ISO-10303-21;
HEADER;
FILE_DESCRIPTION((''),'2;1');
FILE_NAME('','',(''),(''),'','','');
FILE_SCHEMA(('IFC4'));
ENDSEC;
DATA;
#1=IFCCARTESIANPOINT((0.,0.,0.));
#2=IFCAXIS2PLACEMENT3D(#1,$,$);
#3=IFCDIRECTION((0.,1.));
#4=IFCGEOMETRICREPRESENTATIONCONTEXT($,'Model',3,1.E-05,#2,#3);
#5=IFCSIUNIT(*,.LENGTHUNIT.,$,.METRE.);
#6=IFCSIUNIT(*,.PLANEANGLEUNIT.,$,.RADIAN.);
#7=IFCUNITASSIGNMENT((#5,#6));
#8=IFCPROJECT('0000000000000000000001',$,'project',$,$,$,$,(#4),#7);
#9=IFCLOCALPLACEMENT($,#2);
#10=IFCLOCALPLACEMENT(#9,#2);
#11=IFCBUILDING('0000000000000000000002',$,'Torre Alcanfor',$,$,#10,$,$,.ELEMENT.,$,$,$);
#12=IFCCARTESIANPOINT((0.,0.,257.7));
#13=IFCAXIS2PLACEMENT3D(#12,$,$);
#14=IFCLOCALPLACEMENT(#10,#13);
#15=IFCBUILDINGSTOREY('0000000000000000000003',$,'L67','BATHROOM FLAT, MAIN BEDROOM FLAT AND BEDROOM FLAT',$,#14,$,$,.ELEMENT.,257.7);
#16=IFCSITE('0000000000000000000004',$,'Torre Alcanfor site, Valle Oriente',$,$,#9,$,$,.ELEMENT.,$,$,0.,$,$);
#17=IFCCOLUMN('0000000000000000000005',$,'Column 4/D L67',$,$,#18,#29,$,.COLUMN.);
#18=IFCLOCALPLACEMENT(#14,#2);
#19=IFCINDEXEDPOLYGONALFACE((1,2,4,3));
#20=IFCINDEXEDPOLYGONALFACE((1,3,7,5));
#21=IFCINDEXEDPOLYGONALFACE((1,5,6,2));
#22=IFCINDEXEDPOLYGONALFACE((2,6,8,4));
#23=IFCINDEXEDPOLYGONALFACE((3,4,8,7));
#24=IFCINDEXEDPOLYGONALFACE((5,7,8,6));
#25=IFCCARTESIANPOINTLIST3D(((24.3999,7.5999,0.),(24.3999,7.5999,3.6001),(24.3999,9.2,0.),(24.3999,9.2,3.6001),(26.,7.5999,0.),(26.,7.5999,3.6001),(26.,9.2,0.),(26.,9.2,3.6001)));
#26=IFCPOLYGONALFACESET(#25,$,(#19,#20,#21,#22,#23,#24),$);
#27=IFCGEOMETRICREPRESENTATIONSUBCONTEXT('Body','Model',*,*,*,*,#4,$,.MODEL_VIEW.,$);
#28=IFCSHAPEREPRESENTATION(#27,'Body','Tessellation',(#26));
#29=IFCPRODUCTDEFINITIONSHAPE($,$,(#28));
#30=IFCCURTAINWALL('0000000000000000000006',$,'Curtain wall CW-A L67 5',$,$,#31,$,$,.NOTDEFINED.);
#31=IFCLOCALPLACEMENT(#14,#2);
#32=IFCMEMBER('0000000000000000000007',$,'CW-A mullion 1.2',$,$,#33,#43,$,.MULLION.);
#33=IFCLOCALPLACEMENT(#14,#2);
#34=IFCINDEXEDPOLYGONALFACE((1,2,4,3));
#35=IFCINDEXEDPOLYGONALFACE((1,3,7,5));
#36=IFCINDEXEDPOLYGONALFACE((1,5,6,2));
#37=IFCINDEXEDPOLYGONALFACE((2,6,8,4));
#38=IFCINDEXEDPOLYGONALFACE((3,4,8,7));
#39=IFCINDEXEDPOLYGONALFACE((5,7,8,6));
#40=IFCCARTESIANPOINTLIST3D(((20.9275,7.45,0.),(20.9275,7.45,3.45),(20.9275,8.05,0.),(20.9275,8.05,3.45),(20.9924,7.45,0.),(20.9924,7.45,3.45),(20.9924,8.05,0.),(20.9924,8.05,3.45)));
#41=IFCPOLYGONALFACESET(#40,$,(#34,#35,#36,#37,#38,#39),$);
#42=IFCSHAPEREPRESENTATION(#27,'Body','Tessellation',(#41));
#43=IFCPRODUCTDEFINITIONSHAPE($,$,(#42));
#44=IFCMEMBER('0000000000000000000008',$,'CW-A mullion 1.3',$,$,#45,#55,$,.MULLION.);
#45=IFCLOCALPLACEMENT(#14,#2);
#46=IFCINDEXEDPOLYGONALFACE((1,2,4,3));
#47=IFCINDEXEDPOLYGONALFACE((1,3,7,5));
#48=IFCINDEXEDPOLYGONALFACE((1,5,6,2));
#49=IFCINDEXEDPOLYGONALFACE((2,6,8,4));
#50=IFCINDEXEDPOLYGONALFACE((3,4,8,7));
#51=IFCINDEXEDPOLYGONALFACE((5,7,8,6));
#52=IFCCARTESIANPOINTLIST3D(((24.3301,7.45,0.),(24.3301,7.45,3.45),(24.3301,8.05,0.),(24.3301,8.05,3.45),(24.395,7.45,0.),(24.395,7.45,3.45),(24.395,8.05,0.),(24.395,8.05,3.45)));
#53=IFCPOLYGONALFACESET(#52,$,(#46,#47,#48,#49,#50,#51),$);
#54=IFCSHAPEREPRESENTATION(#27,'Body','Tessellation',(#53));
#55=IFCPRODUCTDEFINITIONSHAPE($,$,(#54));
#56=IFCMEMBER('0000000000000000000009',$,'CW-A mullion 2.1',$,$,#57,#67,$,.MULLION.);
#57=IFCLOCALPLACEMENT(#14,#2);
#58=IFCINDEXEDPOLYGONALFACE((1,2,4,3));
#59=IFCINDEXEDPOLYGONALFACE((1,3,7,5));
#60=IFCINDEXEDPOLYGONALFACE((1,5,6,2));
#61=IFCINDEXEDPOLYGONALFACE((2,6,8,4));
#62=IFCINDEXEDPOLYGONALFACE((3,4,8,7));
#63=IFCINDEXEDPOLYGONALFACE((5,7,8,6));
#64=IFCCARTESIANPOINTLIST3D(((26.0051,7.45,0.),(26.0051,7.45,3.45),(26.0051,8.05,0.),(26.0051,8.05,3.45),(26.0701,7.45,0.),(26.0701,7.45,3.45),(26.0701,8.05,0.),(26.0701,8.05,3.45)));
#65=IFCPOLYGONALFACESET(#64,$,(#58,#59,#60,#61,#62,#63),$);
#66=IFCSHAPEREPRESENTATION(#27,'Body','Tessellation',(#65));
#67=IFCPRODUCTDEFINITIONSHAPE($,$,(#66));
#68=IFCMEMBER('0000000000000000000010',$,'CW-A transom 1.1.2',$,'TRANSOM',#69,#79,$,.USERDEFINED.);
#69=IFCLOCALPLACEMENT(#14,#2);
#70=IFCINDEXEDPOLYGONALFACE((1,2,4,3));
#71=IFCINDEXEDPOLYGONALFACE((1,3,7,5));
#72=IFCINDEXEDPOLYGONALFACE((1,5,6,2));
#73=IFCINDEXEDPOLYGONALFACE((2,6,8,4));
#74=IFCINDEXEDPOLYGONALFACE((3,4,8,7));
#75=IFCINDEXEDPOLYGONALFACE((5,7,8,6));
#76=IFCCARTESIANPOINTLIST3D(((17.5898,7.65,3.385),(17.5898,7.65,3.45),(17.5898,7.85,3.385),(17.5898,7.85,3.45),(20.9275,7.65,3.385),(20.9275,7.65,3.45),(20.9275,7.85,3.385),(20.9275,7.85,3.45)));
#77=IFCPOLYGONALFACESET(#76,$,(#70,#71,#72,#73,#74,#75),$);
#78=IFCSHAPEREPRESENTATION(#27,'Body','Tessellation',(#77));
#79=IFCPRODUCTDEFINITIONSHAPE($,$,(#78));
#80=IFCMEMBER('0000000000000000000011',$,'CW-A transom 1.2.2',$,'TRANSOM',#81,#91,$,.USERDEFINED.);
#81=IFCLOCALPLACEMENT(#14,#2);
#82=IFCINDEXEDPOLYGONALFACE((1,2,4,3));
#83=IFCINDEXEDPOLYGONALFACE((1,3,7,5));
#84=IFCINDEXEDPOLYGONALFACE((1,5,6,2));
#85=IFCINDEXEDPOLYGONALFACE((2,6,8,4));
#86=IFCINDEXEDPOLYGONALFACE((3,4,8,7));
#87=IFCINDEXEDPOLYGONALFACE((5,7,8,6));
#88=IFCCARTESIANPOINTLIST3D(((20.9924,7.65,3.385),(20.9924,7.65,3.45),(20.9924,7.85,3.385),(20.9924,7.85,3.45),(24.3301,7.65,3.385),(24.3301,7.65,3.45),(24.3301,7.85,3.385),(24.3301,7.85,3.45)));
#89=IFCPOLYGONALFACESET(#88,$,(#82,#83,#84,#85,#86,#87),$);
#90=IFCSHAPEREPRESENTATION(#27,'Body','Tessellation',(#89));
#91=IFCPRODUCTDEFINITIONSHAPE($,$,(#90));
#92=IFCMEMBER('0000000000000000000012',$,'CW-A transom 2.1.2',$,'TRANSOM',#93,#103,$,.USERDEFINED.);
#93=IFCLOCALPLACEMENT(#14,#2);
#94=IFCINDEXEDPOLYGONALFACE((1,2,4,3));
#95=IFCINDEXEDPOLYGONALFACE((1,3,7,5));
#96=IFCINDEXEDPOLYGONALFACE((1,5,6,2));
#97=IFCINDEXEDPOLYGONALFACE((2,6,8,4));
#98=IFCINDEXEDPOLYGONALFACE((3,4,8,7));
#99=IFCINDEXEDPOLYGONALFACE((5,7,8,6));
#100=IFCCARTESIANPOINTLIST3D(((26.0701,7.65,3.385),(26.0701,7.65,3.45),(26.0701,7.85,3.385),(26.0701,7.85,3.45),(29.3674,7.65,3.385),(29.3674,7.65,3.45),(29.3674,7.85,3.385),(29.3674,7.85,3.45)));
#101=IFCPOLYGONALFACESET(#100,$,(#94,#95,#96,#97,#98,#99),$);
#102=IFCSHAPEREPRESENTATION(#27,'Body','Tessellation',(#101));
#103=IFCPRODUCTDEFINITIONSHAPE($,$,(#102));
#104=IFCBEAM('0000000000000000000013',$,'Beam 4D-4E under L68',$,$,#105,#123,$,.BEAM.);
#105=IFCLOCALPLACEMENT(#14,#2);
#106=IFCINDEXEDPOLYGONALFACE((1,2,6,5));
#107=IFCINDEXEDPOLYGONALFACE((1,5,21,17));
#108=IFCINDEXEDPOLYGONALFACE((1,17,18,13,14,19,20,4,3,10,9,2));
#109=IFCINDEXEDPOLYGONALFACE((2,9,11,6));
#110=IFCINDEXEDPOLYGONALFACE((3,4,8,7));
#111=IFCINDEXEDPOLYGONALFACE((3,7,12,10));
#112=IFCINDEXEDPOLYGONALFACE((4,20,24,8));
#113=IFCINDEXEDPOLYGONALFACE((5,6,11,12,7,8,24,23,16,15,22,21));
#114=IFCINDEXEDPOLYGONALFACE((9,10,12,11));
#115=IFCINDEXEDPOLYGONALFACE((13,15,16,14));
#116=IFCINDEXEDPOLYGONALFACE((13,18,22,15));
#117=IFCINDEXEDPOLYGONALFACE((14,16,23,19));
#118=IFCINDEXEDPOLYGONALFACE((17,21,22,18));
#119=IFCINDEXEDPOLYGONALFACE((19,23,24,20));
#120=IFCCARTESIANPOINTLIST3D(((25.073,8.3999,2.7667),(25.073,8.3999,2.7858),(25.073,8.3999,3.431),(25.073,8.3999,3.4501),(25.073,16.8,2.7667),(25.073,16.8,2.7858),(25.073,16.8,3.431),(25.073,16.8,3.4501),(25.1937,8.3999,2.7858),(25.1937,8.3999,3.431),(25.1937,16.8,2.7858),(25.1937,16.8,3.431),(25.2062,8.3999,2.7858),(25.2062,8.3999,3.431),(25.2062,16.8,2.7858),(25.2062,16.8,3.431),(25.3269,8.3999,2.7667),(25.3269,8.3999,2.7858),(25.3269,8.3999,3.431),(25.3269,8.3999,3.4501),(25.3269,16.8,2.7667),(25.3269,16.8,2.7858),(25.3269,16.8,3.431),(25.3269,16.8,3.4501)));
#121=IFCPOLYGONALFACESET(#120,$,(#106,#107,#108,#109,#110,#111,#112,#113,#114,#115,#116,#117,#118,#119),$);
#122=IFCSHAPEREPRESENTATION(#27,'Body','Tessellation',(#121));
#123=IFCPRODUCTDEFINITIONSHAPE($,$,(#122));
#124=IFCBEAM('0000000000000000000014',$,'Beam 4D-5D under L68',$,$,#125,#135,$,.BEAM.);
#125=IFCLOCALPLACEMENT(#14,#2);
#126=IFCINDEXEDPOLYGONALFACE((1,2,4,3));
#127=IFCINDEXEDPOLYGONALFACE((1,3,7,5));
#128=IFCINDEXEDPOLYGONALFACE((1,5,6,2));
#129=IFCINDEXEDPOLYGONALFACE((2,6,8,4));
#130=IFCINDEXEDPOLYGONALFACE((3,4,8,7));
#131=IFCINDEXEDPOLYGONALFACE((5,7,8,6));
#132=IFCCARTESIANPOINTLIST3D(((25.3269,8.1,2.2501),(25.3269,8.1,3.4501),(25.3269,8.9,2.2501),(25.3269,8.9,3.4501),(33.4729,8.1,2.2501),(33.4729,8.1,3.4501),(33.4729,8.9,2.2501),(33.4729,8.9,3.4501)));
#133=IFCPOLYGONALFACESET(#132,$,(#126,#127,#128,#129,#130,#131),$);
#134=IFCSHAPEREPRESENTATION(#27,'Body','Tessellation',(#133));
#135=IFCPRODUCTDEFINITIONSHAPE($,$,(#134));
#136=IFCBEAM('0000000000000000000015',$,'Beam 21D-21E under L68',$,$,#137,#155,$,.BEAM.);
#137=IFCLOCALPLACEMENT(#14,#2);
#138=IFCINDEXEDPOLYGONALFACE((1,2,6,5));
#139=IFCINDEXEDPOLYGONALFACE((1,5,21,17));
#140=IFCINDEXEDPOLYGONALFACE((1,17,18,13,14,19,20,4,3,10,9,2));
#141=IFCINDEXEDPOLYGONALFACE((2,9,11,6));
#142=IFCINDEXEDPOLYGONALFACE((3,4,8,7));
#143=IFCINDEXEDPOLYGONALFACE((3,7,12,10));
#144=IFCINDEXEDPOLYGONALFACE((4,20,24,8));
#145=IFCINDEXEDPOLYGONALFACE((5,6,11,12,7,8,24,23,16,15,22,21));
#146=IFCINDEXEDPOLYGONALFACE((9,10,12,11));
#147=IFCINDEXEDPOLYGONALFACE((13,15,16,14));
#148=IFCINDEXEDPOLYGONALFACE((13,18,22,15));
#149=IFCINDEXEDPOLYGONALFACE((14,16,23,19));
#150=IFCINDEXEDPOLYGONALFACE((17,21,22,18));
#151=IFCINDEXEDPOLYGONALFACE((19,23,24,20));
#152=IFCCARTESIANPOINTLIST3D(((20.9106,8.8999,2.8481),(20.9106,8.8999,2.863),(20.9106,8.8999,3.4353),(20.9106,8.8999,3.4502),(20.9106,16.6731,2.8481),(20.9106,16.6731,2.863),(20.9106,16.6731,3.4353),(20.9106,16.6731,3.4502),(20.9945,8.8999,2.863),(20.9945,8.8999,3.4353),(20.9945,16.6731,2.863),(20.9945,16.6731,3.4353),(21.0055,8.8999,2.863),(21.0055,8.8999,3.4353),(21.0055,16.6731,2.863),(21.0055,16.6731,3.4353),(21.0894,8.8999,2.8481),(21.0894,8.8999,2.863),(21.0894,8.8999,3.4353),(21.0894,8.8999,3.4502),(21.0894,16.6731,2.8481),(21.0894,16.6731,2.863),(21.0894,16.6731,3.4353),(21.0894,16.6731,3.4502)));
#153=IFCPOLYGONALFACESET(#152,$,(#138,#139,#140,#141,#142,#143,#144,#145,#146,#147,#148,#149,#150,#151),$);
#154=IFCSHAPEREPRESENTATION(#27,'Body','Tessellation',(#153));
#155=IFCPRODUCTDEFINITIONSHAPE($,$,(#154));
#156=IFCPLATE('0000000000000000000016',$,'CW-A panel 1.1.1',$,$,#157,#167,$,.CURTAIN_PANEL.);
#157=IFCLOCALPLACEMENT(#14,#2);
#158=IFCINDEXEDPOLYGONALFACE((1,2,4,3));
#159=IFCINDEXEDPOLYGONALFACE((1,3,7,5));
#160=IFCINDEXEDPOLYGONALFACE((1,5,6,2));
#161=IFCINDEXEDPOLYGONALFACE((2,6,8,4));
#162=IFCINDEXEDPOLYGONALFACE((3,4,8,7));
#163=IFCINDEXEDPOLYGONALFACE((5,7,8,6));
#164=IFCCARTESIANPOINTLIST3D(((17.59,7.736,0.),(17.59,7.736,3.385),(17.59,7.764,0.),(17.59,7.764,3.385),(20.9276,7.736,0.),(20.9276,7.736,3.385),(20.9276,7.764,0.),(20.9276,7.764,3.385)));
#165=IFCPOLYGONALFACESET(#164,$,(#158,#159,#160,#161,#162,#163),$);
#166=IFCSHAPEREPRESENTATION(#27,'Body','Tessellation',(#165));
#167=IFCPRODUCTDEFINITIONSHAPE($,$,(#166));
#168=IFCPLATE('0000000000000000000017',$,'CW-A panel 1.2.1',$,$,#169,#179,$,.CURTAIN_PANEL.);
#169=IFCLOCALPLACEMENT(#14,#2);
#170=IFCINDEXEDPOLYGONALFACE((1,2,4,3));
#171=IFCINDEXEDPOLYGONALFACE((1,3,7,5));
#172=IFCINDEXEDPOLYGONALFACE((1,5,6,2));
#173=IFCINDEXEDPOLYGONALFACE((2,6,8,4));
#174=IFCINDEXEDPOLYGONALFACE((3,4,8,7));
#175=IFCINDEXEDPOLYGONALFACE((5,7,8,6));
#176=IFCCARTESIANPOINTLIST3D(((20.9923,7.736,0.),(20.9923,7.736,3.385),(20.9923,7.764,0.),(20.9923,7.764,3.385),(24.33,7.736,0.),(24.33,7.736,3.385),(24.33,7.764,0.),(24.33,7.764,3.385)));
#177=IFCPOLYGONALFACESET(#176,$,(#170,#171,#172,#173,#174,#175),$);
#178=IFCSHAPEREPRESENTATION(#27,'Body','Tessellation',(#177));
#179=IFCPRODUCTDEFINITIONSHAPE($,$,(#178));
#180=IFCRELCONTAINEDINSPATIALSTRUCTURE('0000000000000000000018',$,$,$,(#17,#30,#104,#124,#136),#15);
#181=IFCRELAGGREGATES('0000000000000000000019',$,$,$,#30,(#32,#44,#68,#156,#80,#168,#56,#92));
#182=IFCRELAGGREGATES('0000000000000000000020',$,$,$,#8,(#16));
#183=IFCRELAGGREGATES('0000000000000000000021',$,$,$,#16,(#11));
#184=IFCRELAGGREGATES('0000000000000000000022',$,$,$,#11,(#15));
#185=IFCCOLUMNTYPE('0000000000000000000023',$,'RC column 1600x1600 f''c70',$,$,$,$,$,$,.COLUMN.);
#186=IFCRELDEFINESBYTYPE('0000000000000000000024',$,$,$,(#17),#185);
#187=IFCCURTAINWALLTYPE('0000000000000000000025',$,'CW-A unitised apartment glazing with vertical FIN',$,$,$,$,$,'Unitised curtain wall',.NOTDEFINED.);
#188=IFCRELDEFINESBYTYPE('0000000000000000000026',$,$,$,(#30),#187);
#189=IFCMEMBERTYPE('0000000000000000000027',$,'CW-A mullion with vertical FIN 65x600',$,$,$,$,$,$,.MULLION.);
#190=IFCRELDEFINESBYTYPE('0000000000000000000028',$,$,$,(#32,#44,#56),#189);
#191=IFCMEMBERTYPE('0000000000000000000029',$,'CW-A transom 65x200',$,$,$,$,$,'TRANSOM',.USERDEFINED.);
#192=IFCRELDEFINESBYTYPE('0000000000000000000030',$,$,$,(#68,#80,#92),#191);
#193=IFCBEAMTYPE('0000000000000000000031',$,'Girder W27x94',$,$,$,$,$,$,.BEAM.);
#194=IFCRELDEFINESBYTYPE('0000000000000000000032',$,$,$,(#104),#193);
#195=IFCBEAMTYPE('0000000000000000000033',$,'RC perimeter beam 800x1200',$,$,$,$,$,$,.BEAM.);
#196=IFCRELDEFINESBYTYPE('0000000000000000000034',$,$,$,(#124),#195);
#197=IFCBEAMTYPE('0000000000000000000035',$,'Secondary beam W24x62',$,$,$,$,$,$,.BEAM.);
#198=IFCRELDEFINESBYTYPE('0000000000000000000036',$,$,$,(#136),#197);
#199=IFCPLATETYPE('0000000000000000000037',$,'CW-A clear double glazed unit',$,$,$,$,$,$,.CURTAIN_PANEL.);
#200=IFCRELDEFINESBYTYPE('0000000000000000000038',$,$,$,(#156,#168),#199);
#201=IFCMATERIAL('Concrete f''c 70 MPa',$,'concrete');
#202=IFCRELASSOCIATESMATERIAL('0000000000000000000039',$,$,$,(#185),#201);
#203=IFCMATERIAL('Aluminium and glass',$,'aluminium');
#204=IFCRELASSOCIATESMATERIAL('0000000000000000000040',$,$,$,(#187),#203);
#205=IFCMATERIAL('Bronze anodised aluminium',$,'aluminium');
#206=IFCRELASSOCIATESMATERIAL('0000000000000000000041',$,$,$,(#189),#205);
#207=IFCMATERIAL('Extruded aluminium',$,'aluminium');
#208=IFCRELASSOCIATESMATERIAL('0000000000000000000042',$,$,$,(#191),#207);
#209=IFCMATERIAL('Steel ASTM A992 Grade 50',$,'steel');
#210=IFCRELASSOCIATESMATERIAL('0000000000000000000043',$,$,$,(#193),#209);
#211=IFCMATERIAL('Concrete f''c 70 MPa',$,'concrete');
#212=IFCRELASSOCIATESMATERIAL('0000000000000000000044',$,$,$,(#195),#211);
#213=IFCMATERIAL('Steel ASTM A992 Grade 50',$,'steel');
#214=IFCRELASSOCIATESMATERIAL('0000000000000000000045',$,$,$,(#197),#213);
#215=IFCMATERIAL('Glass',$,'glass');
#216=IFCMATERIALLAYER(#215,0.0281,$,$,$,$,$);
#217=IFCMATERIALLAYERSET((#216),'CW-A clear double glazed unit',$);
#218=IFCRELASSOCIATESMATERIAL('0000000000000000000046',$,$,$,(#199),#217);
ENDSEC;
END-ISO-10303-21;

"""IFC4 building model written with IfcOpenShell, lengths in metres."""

from ifc_helpers import new_model, si_unit, direction, frame, origin, origin_2d, place, context, subcontext, project, spatial, rectangle, i_section, extrude, material, layer, layer_set, material_profile, profile_set, type_object, element, aggregate, save


model = new_model("IFC4")

# Units and contexts
model_context = context("Model", 3, precision=1e-05, world=origin(), true_north=direction((0.0, 1.0)))
body_context = subcontext(model_context, "Body", "Model", "MODEL_VIEW")
ifc_project = project(units=[si_unit("LENGTHUNIT", "METRE"), si_unit("PLANEANGLEUNIT", "RADIAN")], contexts=[model_context])

# Site, building, storey
site_placement = place(None, origin())
site = spatial("IfcSite", under=ifc_project, at=site_placement, Name="Torre Alcanfor site, Valle Oriente", CompositionType="ELEMENT", RefElevation=0.0)
building_placement = place(site_placement, origin())
building = spatial("IfcBuilding", under=site, at=building_placement, Name="Torre Alcanfor", CompositionType="ELEMENT")
storey_placement = place(building_placement, frame((0.0, 0.0, 257.7)))
storey = spatial("IfcBuildingStorey", under=building, at=storey_placement, Name="L67", Description="BATHROOM FLAT, MAIN BEDROOM FLAT AND BEDROOM FLAT", CompositionType="ELEMENT", Elevation=257.7)

# Column
ifc_material_1 = material(Name="Concrete f'c 70 MPa", Category="concrete")
ifc_material_profile_1 = material_profile(ifc_material_1, rectangle(XDim=1.6001, YDim=1.6001, at=origin_2d()), Name="1600x1600")
ifc_profile_set_1 = profile_set([ifc_material_profile_1], Name="Concrete f'c 70 MPa")
column_type = type_object("IfcColumnType", Name="RC column 1600x1600 f'c70", PredefinedType="COLUMN", material=ifc_profile_set_1)
column_placement = place(storey_placement, frame((25.2, 8.3999, 0.0), z_axis=(0.0, 0.0, 1.0), x_axis=(1.0, 0.0, 0.0)))
element("IfcColumn", 1, at=column_placement, inside=storey, type_object=column_type, Name="Column 4/D L67", PredefinedType="COLUMN", context=body_context, shape_type="SweptSolid", body=[
    extrude(rectangle(XDim=1.6001, YDim=1.6001, at=origin_2d()), origin(), (0.0, 0.0, 1.0), 3.6001),
])

# Curtain wall, members
ifc_material_2 = material(Name="Aluminium and glass", Category="aluminium")
curtain_wall_type = type_object("IfcCurtainWallType", Name="CW-A unitised apartment glazing with vertical FIN", ElementType="Unitised curtain wall", PredefinedType="NOTDEFINED", material=ifc_material_2)
curtain_wall_placement = place(storey_placement, origin())
curtain_wall = element("IfcCurtainWall", 2, at=curtain_wall_placement, inside=storey, type_object=curtain_wall_type, Name="Curtain wall CW-A L67 5", PredefinedType="NOTDEFINED")
ifc_material_3 = material(Name="Bronze anodised aluminium", Category="aluminium")
ifc_material_profile_2 = material_profile(ifc_material_3, rectangle(XDim=0.6001, YDim=0.0649, at=origin_2d()), Name="CW-A mullion 65x600")
ifc_profile_set_2 = profile_set([ifc_material_profile_2], Name="Bronze anodised aluminium")
member_type_1 = type_object("IfcMemberType", Name="CW-A mullion with vertical FIN 65x600", PredefinedType="MULLION", material=ifc_profile_set_2)
member_1_placement = place(storey_placement, frame((20.96, 7.75, 0.0), z_axis=(0.0, 0.0, 1.0), x_axis=(0.0, 1.0, 0.0)))
member_1 = element("IfcMember", 3, at=member_1_placement, type_object=member_type_1, Name="CW-A mullion 1.2", PredefinedType="MULLION", context=body_context, shape_type="SweptSolid", body=[
    extrude(rectangle(XDim=0.6001, YDim=0.0649, at=origin_2d()), origin(), (0.0, 0.0, 1.0), 3.45),
])
member_2_placement = place(storey_placement, frame((24.3625, 7.75, 0.0), z_axis=(0.0, 0.0, 1.0), x_axis=(0.0, 1.0, 0.0)))
member_2 = element("IfcMember", 4, at=member_2_placement, type_object=member_type_1, Name="CW-A mullion 1.3", PredefinedType="MULLION", context=body_context, shape_type="SweptSolid", body=[
    extrude(rectangle(XDim=0.6001, YDim=0.0649, at=origin_2d()), origin(), (0.0, 0.0, 1.0), 3.45),
])
member_3_placement = place(storey_placement, frame((26.0376, 7.75, 0.0), z_axis=(0.0, 0.0, 1.0), x_axis=(0.0, 1.0, 0.0)))
member_3 = element("IfcMember", 5, at=member_3_placement, type_object=member_type_1, Name="CW-A mullion 2.1", PredefinedType="MULLION", context=body_context, shape_type="SweptSolid", body=[
    extrude(rectangle(XDim=0.6001, YDim=0.0649, at=origin_2d()), origin(), (0.0, 0.0, 1.0), 3.45),
])
ifc_material_4 = material(Name="Extruded aluminium", Category="aluminium")
ifc_material_profile_3 = material_profile(ifc_material_4, rectangle(XDim=0.2, YDim=0.0649, at=origin_2d()), Name="CW-A transom 200x65")
ifc_profile_set_3 = profile_set([ifc_material_profile_3], Name="Extruded aluminium")
member_type_2 = type_object("IfcMemberType", Name="CW-A transom 65x200", ElementType="TRANSOM", PredefinedType="USERDEFINED", material=ifc_profile_set_3)
member_4_placement = place(storey_placement, frame((17.5898, 7.75, 3.4175), z_axis=(1.0, 0.0, 0.0), x_axis=(0.0, 1.0, 0.0)))
member_4 = element("IfcMember", 6, at=member_4_placement, type_object=member_type_2, Name="CW-A transom 1.1.2", ObjectType="TRANSOM", PredefinedType="USERDEFINED", context=body_context, shape_type="SweptSolid", body=[
    extrude(rectangle(XDim=0.2, YDim=0.0649, at=origin_2d()), origin(), (0.0, 0.0, 1.0), 3.3376),
])
member_5_placement = place(storey_placement, frame((20.9924, 7.75, 3.4175), z_axis=(1.0, 0.0, 0.0), x_axis=(0.0, 1.0, 0.0)))
member_5 = element("IfcMember", 7, at=member_5_placement, type_object=member_type_2, Name="CW-A transom 1.2.2", ObjectType="TRANSOM", PredefinedType="USERDEFINED", context=body_context, shape_type="SweptSolid", body=[
    extrude(rectangle(XDim=0.2, YDim=0.0649, at=origin_2d()), origin(), (0.0, 0.0, 1.0), 3.3376),
])
member_6_placement = place(storey_placement, frame((26.0701, 7.75, 3.4175), z_axis=(1.0, 0.0, 0.0), x_axis=(0.0, 1.0, 0.0)))
member_6 = element("IfcMember", 8, at=member_6_placement, type_object=member_type_2, Name="CW-A transom 2.1.2", ObjectType="TRANSOM", PredefinedType="USERDEFINED", context=body_context, shape_type="SweptSolid", body=[
    extrude(rectangle(XDim=0.2, YDim=0.0649, at=origin_2d()), origin(), (0.0, 0.0, 1.0), 3.2974),
])

# Beams
ifc_material_5 = material(Name="Steel ASTM A992 Grade 50", Category="steel")
ifc_material_profile_4 = material_profile(ifc_material_5, i_section(OverallWidth=0.2539, OverallDepth=0.6833, WebThickness=0.0125, FlangeThickness=0.019, at=origin_2d()), Name="W27x94")
ifc_profile_set_4 = profile_set([ifc_material_profile_4], Name="Steel ASTM A992 Grade 50")
beam_type_1 = type_object("IfcBeamType", Name="Girder W27x94", PredefinedType="BEAM", material=ifc_profile_set_4)
beam_1_placement = place(storey_placement, frame((25.2, 8.3999, 3.1084), z_axis=(0.0, 1.0, 0.0), x_axis=(-1.0, 0.0, 0.0)))
element("IfcBeam", 9, at=beam_1_placement, inside=storey, type_object=beam_type_1, Name="Beam 4D-4E under L68", PredefinedType="BEAM", context=body_context, shape_type="SweptSolid", body=[
    extrude(i_section(OverallWidth=0.2539, OverallDepth=0.6833, WebThickness=0.0125, FlangeThickness=0.019, at=origin_2d()), origin(), (0.0, 0.0, 1.0), 8.4001),
])
ifc_material_6 = material(Name="Concrete f'c 70 MPa", Category="concrete")
ifc_material_profile_5 = material_profile(ifc_material_6, rectangle(XDim=0.8, YDim=1.2, at=origin_2d()), Name="800x1200")
ifc_profile_set_5 = profile_set([ifc_material_profile_5], Name="Concrete f'c 70 MPa")
beam_type_2 = type_object("IfcBeamType", Name="RC perimeter beam 800x1200", PredefinedType="BEAM", material=ifc_profile_set_5)
beam_2_placement = place(storey_placement, frame((25.3269, 8.5, 2.8501), z_axis=(1.0, 0.0, 0.0), x_axis=(0.0, 1.0, 0.0)))
element("IfcBeam", 10, at=beam_2_placement, inside=storey, type_object=beam_type_2, Name="Beam 4D-5D under L68", PredefinedType="BEAM", context=body_context, shape_type="SweptSolid", body=[
    extrude(rectangle(XDim=0.8, YDim=1.2, at=origin_2d()), origin(), (0.0, 0.0, 1.0), 8.146),
])
ifc_material_7 = material(Name="Steel ASTM A992 Grade 50", Category="steel")
ifc_material_profile_6 = material_profile(ifc_material_7, i_section(OverallWidth=0.1787, OverallDepth=0.6021, WebThickness=0.011, FlangeThickness=0.0149, at=origin_2d()), Name="W24x62")
ifc_profile_set_6 = profile_set([ifc_material_profile_6], Name="Steel ASTM A992 Grade 50")
beam_type_3 = type_object("IfcBeamType", Name="Secondary beam W24x62", PredefinedType="BEAM", material=ifc_profile_set_6)
beam_3_placement = place(storey_placement, frame((21.0, 8.8999, 3.1492), z_axis=(0.0, 1.0, 0.0), x_axis=(-1.0, 0.0, 0.0)))
element("IfcBeam", 11, at=beam_3_placement, inside=storey, type_object=beam_type_3, Name="Beam 21D-21E under L68", PredefinedType="BEAM", context=body_context, shape_type="SweptSolid", body=[
    extrude(i_section(OverallWidth=0.1787, OverallDepth=0.6021, WebThickness=0.011, FlangeThickness=0.0149, at=origin_2d()), origin(), (0.0, 0.0, 1.0), 7.7732),
])

# Plates
ifc_material_8 = material(Name="Glass", Category="glass")
ifc_layer_1 = layer(ifc_material_8, 0.0281)
ifc_layer_set_1 = layer_set([ifc_layer_1], Name="CW-A clear double glazed unit")
plate_type = type_object("IfcPlateType", Name="CW-A clear double glazed unit", PredefinedType="CURTAIN_PANEL", material=ifc_layer_set_1)
plate_1_placement = place(storey_placement, frame((19.2588, 7.75, 0.0), z_axis=(0.0, 0.0, 1.0), x_axis=(1.0, 0.0, 0.0)))
plate_1 = element("IfcPlate", 12, at=plate_1_placement, type_object=plate_type, Name="CW-A panel 1.1.1", PredefinedType="CURTAIN_PANEL", context=body_context, shape_type="SweptSolid", body=[
    extrude(rectangle(XDim=3.3376, YDim=0.0281, at=origin_2d()), origin(), (0.0, 0.0, 1.0), 3.385),
])
plate_2_placement = place(storey_placement, frame((22.6611, 7.75, 0.0), z_axis=(0.0, 0.0, 1.0), x_axis=(1.0, 0.0, 0.0)))
plate_2 = element("IfcPlate", 13, at=plate_2_placement, type_object=plate_type, Name="CW-A panel 1.2.1", PredefinedType="CURTAIN_PANEL", context=body_context, shape_type="SweptSolid", body=[
    extrude(rectangle(XDim=3.3376, YDim=0.0281, at=origin_2d()), origin(), (0.0, 0.0, 1.0), 3.385),
])
aggregate(curtain_wall, [member_1, member_2, member_4, plate_1, member_5, plate_2, member_3, member_6])

save(model, "model.ifc")
